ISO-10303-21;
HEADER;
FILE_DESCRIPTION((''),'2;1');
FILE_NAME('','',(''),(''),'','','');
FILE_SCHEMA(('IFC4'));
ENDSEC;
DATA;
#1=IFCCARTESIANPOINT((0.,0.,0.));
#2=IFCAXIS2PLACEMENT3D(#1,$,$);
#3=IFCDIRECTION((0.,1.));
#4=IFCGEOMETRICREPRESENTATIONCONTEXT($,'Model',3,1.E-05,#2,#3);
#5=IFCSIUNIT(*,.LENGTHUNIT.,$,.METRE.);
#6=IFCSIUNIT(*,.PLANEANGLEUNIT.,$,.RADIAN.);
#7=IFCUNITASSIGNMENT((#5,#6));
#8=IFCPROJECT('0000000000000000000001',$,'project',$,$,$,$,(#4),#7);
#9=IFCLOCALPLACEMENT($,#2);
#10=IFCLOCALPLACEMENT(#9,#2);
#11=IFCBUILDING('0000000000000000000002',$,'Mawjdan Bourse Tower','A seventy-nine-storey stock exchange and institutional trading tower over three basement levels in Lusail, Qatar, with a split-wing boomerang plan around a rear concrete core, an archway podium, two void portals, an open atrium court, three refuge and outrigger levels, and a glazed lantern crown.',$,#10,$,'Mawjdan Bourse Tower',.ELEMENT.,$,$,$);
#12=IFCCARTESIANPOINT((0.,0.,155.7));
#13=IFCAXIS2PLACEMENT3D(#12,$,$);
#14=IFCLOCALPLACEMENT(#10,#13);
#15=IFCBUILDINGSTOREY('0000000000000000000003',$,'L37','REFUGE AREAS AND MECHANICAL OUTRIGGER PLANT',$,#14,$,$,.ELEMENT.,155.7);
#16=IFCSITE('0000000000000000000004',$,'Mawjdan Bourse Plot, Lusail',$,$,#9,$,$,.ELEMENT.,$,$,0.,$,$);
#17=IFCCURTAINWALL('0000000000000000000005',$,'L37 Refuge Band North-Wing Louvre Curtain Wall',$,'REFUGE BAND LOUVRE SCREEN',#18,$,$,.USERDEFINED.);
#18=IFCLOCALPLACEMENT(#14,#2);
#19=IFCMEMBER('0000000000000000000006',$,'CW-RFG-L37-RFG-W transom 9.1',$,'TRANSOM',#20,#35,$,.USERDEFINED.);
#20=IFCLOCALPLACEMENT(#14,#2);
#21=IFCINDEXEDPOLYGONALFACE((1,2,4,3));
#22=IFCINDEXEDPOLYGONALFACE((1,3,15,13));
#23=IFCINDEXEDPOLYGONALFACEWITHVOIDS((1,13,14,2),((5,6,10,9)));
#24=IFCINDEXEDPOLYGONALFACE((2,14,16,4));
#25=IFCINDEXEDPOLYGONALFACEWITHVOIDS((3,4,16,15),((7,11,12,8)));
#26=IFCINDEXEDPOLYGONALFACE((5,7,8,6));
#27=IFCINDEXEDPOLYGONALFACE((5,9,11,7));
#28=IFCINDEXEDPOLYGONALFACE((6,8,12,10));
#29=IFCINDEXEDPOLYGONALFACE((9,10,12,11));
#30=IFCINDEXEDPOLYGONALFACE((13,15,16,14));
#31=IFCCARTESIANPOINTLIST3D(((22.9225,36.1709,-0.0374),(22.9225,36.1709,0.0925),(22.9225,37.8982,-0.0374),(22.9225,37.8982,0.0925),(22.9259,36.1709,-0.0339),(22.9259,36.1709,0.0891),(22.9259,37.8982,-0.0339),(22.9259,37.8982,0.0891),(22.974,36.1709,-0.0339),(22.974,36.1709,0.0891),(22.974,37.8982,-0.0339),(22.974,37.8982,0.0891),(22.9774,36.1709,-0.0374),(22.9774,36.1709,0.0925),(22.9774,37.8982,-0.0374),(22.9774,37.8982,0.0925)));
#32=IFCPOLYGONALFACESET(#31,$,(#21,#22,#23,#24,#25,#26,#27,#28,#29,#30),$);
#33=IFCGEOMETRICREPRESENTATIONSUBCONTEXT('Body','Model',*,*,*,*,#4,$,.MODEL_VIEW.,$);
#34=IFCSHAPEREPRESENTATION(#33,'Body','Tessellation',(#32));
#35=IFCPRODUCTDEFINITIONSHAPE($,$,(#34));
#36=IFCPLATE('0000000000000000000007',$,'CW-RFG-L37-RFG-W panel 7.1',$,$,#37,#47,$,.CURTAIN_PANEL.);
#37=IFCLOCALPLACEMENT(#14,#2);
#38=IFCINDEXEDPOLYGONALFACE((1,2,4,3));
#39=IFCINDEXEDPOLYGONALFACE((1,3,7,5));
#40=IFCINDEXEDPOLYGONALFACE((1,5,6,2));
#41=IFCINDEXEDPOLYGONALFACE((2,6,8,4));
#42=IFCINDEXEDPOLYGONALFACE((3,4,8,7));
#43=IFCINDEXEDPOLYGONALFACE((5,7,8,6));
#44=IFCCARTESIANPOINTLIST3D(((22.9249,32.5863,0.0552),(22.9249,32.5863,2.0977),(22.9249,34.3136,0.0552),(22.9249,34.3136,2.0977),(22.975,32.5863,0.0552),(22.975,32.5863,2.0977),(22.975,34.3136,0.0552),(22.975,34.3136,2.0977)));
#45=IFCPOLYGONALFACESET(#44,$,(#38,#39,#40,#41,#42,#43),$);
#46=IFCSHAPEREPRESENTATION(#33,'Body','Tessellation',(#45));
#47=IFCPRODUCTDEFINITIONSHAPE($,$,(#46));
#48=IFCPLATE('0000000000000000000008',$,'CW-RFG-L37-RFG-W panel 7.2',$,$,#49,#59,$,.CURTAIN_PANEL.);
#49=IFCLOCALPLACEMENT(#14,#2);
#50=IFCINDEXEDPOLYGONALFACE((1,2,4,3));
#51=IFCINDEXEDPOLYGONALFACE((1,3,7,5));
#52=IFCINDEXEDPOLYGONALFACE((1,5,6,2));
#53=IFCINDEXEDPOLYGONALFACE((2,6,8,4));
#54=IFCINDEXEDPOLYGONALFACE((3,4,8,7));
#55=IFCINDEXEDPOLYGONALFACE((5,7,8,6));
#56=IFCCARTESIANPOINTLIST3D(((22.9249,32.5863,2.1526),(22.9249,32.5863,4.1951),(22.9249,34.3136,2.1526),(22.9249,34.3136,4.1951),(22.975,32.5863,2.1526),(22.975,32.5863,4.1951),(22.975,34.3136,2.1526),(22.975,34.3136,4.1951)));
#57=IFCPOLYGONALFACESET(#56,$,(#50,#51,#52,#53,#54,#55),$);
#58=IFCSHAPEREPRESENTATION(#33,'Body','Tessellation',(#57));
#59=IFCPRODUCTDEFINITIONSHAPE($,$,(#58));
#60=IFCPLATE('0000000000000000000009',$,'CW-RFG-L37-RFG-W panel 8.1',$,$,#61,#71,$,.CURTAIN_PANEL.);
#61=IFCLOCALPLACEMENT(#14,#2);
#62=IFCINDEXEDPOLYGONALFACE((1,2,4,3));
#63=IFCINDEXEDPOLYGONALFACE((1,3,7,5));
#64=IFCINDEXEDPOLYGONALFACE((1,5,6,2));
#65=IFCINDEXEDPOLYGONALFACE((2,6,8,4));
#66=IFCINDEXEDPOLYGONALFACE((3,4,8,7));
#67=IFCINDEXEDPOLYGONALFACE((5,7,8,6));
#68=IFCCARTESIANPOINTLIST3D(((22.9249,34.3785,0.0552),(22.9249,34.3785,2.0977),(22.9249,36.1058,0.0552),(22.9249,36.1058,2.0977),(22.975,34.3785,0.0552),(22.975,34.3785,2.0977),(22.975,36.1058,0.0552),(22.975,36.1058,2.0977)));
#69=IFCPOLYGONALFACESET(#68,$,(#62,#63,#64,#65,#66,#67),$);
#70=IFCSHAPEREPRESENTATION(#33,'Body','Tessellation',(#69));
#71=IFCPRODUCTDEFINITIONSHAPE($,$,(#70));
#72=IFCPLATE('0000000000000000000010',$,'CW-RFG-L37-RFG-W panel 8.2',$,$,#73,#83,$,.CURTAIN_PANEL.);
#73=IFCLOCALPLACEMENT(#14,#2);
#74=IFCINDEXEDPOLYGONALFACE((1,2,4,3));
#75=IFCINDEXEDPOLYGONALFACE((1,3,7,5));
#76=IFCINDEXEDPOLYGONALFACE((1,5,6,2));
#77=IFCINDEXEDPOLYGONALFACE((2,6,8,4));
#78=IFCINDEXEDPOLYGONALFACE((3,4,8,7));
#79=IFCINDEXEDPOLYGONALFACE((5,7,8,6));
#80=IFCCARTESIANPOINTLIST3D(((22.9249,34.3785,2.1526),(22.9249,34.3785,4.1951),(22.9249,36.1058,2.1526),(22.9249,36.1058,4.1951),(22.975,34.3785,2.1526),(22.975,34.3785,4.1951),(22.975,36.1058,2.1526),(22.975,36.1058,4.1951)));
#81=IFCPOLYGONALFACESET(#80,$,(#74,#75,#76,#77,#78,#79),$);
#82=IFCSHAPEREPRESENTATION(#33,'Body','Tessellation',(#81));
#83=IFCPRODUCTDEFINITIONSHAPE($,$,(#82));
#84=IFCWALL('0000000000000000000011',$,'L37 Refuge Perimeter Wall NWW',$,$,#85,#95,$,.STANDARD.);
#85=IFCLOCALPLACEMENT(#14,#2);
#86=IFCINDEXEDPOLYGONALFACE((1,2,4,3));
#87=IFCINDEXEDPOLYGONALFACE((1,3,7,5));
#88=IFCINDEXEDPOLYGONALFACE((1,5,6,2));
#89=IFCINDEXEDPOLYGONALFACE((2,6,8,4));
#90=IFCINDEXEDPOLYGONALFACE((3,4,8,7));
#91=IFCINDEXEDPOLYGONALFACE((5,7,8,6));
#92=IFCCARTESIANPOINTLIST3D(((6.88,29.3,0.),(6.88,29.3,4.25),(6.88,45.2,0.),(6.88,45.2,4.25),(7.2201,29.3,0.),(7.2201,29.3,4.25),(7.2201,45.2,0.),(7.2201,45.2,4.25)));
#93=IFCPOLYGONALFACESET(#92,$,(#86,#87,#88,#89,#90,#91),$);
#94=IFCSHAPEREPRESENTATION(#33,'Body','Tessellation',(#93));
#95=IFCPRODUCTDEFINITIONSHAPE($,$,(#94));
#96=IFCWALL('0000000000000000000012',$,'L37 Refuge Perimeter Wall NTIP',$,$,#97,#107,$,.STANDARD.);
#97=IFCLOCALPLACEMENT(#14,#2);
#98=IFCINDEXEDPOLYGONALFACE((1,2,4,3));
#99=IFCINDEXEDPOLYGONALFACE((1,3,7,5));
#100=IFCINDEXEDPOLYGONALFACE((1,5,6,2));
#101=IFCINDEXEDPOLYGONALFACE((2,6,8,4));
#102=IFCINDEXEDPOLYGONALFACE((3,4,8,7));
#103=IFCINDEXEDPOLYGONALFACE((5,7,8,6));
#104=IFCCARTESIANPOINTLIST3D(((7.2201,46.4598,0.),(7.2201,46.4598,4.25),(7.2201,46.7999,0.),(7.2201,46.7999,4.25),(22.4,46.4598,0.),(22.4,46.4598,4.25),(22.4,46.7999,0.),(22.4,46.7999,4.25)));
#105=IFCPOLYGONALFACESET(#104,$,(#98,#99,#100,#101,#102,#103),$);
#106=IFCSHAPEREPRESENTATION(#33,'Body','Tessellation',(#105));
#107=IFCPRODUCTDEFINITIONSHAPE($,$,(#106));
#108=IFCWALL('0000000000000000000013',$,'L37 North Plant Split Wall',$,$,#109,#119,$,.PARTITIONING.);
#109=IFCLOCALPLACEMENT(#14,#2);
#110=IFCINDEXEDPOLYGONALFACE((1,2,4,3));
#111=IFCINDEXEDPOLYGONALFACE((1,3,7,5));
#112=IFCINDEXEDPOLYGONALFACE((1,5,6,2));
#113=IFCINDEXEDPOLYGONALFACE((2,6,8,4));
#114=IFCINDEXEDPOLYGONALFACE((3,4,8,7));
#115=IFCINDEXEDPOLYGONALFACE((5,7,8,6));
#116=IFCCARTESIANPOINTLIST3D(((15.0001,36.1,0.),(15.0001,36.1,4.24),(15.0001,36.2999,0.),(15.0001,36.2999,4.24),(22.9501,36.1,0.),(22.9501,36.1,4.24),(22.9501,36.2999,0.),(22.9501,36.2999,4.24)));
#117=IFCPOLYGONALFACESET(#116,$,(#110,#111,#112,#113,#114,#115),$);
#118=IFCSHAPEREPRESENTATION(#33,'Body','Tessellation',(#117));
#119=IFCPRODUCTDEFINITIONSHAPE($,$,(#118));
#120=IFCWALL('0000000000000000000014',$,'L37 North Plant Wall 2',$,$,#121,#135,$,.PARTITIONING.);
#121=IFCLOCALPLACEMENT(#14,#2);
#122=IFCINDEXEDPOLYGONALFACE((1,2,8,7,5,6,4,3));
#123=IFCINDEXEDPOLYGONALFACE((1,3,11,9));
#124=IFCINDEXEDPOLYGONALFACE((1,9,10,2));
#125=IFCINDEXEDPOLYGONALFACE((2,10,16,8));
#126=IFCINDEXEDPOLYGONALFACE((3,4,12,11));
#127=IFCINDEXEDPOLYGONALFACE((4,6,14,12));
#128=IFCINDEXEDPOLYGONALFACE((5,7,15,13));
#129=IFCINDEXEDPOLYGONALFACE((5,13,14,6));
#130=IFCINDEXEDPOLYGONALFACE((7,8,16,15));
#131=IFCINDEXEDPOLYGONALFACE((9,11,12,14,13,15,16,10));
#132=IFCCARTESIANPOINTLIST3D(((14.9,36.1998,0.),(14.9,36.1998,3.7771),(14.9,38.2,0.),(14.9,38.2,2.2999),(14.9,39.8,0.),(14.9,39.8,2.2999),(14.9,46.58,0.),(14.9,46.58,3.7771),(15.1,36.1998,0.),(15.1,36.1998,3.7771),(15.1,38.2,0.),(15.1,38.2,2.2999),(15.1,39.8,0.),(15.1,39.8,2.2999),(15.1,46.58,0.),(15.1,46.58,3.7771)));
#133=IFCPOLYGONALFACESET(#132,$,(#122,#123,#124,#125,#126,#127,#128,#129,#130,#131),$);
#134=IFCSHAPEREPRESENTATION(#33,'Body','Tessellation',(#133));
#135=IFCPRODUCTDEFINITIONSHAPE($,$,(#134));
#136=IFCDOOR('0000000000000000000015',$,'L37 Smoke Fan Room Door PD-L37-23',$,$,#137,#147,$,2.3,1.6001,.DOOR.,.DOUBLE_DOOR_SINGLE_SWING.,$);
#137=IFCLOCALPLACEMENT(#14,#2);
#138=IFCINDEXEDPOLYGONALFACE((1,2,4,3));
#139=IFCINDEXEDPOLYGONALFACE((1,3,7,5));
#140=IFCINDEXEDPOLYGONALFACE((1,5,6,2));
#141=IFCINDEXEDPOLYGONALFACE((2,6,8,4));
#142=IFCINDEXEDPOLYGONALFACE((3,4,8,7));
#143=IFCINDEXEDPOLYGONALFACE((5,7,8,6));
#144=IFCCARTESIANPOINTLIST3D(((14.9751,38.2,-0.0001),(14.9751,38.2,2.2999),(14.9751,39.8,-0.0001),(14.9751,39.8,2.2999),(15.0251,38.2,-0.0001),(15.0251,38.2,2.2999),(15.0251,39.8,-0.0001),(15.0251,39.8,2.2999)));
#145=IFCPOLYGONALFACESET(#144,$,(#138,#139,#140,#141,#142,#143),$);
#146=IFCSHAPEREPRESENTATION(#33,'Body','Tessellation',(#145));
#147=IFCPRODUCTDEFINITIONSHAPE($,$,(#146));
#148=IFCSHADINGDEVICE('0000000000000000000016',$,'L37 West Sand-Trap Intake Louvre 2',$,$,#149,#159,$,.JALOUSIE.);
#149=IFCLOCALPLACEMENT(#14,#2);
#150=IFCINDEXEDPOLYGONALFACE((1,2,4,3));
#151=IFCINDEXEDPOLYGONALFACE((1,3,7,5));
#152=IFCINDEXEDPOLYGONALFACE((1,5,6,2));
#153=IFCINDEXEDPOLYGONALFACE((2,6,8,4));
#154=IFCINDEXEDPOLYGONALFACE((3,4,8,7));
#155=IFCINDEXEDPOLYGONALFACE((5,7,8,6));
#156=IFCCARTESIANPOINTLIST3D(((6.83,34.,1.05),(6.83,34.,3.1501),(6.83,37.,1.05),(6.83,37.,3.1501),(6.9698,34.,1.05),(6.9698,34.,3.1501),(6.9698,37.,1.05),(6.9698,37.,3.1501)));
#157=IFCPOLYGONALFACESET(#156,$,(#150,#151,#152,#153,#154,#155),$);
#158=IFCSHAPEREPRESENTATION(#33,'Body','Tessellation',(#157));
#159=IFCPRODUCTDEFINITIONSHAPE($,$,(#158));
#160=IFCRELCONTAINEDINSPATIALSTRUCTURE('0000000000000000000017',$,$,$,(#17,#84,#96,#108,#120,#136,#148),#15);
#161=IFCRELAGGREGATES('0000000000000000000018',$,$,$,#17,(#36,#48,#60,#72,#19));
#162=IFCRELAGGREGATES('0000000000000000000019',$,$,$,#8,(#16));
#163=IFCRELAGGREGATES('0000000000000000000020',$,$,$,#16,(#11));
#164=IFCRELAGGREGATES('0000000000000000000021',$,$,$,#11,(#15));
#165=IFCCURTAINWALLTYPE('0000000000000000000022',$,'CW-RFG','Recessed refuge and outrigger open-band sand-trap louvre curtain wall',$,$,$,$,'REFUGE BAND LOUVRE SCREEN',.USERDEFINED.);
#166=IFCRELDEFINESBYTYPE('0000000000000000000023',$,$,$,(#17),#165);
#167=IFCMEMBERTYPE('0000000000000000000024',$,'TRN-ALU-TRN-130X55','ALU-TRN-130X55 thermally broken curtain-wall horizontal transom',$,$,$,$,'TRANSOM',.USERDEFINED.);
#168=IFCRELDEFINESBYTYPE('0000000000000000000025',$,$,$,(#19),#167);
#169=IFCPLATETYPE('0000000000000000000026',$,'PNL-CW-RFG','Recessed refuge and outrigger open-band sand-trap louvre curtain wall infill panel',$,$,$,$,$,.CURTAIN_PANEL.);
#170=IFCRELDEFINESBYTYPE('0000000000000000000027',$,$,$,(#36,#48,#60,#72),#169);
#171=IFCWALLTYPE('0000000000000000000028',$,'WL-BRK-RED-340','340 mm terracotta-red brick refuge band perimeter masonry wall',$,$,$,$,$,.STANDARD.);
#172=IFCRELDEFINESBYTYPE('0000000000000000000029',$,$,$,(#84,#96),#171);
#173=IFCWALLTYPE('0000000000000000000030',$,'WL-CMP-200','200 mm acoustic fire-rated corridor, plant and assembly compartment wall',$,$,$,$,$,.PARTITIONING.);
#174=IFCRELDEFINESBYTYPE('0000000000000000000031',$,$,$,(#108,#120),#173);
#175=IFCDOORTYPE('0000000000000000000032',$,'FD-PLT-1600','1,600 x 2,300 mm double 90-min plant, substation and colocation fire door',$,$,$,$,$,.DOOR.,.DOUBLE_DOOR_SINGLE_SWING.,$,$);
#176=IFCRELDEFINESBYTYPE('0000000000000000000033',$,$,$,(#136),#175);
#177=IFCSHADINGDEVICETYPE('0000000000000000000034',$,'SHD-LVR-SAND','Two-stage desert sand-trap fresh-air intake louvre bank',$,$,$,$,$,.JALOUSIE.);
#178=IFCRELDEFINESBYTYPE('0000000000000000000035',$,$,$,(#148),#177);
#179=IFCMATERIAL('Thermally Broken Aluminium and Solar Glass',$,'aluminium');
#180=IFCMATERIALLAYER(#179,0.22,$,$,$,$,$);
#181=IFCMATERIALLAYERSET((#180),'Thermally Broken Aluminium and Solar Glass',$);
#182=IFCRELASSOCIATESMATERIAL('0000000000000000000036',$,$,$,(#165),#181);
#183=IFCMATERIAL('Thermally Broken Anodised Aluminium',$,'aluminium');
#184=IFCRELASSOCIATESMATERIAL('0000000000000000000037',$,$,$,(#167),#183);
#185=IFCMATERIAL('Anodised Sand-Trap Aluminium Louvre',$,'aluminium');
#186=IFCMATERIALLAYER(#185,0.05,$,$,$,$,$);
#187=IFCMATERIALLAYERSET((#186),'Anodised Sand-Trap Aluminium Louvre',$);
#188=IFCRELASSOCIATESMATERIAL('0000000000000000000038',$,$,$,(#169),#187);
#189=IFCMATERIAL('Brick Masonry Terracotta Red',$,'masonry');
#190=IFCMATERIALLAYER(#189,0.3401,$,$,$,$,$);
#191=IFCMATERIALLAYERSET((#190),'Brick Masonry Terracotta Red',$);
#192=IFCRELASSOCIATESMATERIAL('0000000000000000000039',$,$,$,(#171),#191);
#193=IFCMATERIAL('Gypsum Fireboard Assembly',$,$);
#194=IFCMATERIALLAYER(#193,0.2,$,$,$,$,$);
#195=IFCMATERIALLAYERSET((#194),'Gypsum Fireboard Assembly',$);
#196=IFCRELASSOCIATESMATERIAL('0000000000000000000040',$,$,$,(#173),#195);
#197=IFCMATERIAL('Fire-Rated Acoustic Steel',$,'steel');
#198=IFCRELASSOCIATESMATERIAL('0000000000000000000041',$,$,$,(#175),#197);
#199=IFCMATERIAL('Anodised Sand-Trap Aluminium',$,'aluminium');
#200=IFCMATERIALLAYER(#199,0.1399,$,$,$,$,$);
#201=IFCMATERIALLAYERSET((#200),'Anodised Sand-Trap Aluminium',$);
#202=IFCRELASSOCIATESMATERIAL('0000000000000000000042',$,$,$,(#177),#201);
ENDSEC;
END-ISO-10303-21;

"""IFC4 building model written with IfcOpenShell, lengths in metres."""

from ifc_helpers import new_model, si_unit, direction, frame, frame_2d, origin, origin_2d, place, context, subcontext, project, spatial, rectangle, hollow_rectangle, extrude, material, layer, layer_set, material_profile, profile_set, type_object, element, fill, aggregate, save


model = new_model("IFC4")

# Units and contexts
model_context = context("Model", 3, precision=1e-05, world=origin(), true_north=direction((0.0, 1.0)))
body_context = subcontext(model_context, "Body", "Model", "MODEL_VIEW")
ifc_project = project(units=[si_unit("LENGTHUNIT", "METRE"), si_unit("PLANEANGLEUNIT", "RADIAN")], contexts=[model_context])

# Site, building, storey
site_placement = place(None, origin())
site = spatial("IfcSite", under=ifc_project, at=site_placement, Name="Mawjdan Bourse Plot, Lusail", CompositionType="ELEMENT", RefElevation=0.0)
building_placement = place(site_placement, origin())
building = spatial("IfcBuilding", under=site, at=building_placement, Name="Mawjdan Bourse Tower", Description="A seventy-nine-storey stock exchange and institutional trading tower over three basement levels in Lusail, Qatar, with a split-wing boomerang plan around a rear concrete core, an archway podium, two void portals, an open atrium court, three refuge and outrigger levels, and a glazed lantern crown.", LongName="Mawjdan Bourse Tower", CompositionType="ELEMENT")
storey_placement = place(building_placement, frame((0.0, 0.0, 155.7)))
storey = spatial("IfcBuildingStorey", under=building, at=storey_placement, Name="L37", Description="REFUGE AREAS AND MECHANICAL OUTRIGGER PLANT", CompositionType="ELEMENT", Elevation=155.7)

# Curtain wall
ifc_material_1 = material(Name="Thermally Broken Aluminium and Solar Glass", Category="aluminium")
ifc_layer_1 = layer(ifc_material_1, 0.22)
ifc_layer_set_1 = layer_set([ifc_layer_1], Name="Thermally Broken Aluminium and Solar Glass")
curtain_wall_type = type_object("IfcCurtainWallType", Name="CW-RFG", Description="Recessed refuge and outrigger open-band sand-trap louvre curtain wall", ElementType="REFUGE BAND LOUVRE SCREEN", PredefinedType="USERDEFINED", material=ifc_layer_set_1)
curtain_wall_placement = place(storey_placement, origin())
curtain_wall = element("IfcCurtainWall", 1, at=curtain_wall_placement, inside=storey, type_object=curtain_wall_type, Name="L37 Refuge Band North-Wing Louvre Curtain Wall", ObjectType="REFUGE BAND LOUVRE SCREEN", PredefinedType="USERDEFINED")
ifc_material_2 = material(Name="Thermally Broken Anodised Aluminium", Category="aluminium")

# Member
ifc_material_profile_1 = material_profile(ifc_material_2, hollow_rectangle(XDim=0.0549, YDim=0.1299, WallThickness=0.0034, at=origin_2d()), Name="ALU-TRN-130X55")
ifc_profile_set_1 = profile_set([ifc_material_profile_1], Name="Thermally Broken Anodised Aluminium")
member_type_1 = type_object("IfcMemberType", Name="TRN-ALU-TRN-130X55", Description="ALU-TRN-130X55 thermally broken curtain-wall horizontal transom", ElementType="TRANSOM", PredefinedType="USERDEFINED", material=ifc_profile_set_1)
member_1_placement = place(storey_placement, frame((22.95, 36.1709, 0.0276), z_axis=(0.0, 1.0, 0.0), x_axis=(-1.0, 0.0, 0.0)))
member_1 = element("IfcMember", 2, at=member_1_placement, type_object=member_type_1, Name="CW-RFG-L37-RFG-W transom 9.1", ObjectType="TRANSOM", PredefinedType="USERDEFINED", context=body_context, shape_type="SweptSolid", body=[
    extrude(hollow_rectangle(XDim=0.0549, YDim=0.1299, WallThickness=0.0034, at=origin_2d()), origin(), (0.0, 0.0, 1.0), 1.7273),
])

# Plates
ifc_material_3 = material(Name="Anodised Sand-Trap Aluminium Louvre", Category="aluminium")
ifc_layer_2 = layer(ifc_material_3, 0.05)
ifc_layer_set_2 = layer_set([ifc_layer_2], Name="Anodised Sand-Trap Aluminium Louvre")
plate_type = type_object("IfcPlateType", Name="PNL-CW-RFG", Description="Recessed refuge and outrigger open-band sand-trap louvre curtain wall infill panel", PredefinedType="CURTAIN_PANEL", material=ifc_layer_set_2)
plate_1_placement = place(storey_placement, frame((22.95, 33.45, 0.0552), z_axis=(0.0, 0.0, 1.0), x_axis=(0.0, 1.0, 0.0)))
plate_1 = element("IfcPlate", 3, at=plate_1_placement, type_object=plate_type, Name="CW-RFG-L37-RFG-W panel 7.1", PredefinedType="CURTAIN_PANEL", context=body_context, shape_type="SweptSolid", body=[
    extrude(rectangle(XDim=1.7273, YDim=0.05, at=origin_2d()), origin(), (0.0, 0.0, 1.0), 2.0425),
])
plate_2_placement = place(storey_placement, frame((22.95, 33.45, 2.1526), z_axis=(0.0, 0.0, 1.0), x_axis=(0.0, 1.0, 0.0)))
plate_2 = element("IfcPlate", 4, at=plate_2_placement, type_object=plate_type, Name="CW-RFG-L37-RFG-W panel 7.2", PredefinedType="CURTAIN_PANEL", context=body_context, shape_type="SweptSolid", body=[
    extrude(rectangle(XDim=1.7273, YDim=0.05, at=origin_2d()), origin(), (0.0, 0.0, 1.0), 2.0425),
])
plate_3_placement = place(storey_placement, frame((22.95, 35.2422, 0.0552), z_axis=(0.0, 0.0, 1.0), x_axis=(0.0, 1.0, 0.0)))
plate_3 = element("IfcPlate", 5, at=plate_3_placement, type_object=plate_type, Name="CW-RFG-L37-RFG-W panel 8.1", PredefinedType="CURTAIN_PANEL", context=body_context, shape_type="SweptSolid", body=[
    extrude(rectangle(XDim=1.7273, YDim=0.05, at=origin_2d()), origin(), (0.0, 0.0, 1.0), 2.0425),
])
plate_4_placement = place(storey_placement, frame((22.95, 35.2422, 2.1526), z_axis=(0.0, 0.0, 1.0), x_axis=(0.0, 1.0, 0.0)))
plate_4 = element("IfcPlate", 6, at=plate_4_placement, type_object=plate_type, Name="CW-RFG-L37-RFG-W panel 8.2", PredefinedType="CURTAIN_PANEL", context=body_context, shape_type="SweptSolid", body=[
    extrude(rectangle(XDim=1.7273, YDim=0.05, at=origin_2d()), origin(), (0.0, 0.0, 1.0), 2.0425),
])
aggregate(curtain_wall, [plate_1, plate_2, plate_3, plate_4, member_1])

# Walls
ifc_material_4 = material(Name="Brick Masonry Terracotta Red", Category="masonry")
ifc_layer_3 = layer(ifc_material_4, 0.3401)
ifc_layer_set_3 = layer_set([ifc_layer_3], Name="Brick Masonry Terracotta Red")
wall_type_1 = type_object("IfcWallType", Name="WL-BRK-RED-340", Description="340 mm terracotta-red brick refuge band perimeter masonry wall", PredefinedType="STANDARD", material=ifc_layer_set_3)
wall_1_placement = place(storey_placement, frame((7.05, 45.2, 0.0), z_axis=(0.0, 0.0, 1.0), x_axis=(0.0, -1.0, 0.0)))
element("IfcWall", 7, at=wall_1_placement, inside=storey, type_object=wall_type_1, Name="L37 Refuge Perimeter Wall NWW", PredefinedType="STANDARD", context=body_context, shape_type="SweptSolid", body=[
    extrude(rectangle(XDim=15.8999, YDim=0.3401, at=frame_2d((7.95, 0.0))), origin(), (0.0, 0.0, 1.0), 4.25),
])
wall_2_placement = place(storey_placement, frame((22.3999, 46.6299, 0.0), z_axis=(0.0, 0.0, 1.0), x_axis=(-1.0, 0.0, 0.0)))
element("IfcWall", 8, at=wall_2_placement, inside=storey, type_object=wall_type_1, Name="L37 Refuge Perimeter Wall NTIP", PredefinedType="STANDARD", context=body_context, shape_type="SweptSolid", body=[
    extrude(rectangle(XDim=15.1799, YDim=0.3401, at=frame_2d((7.5898, 0.0))), origin(), (0.0, 0.0, 1.0), 4.25),
])
ifc_material_5 = material(Name="Gypsum Fireboard Assembly")
ifc_layer_4 = layer(ifc_material_5, 0.2)
ifc_layer_set_4 = layer_set([ifc_layer_4], Name="Gypsum Fireboard Assembly")
wall_type_2 = type_object("IfcWallType", Name="WL-CMP-200", Description="200 mm acoustic fire-rated corridor, plant and assembly compartment wall", PredefinedType="PARTITIONING", material=ifc_layer_set_4)
wall_3_placement = place(storey_placement, frame((15.0, 36.2, 0.0), z_axis=(0.0, 0.0, 1.0), x_axis=(1.0, 0.0, 0.0)))
element("IfcWall", 9, at=wall_3_placement, inside=storey, type_object=wall_type_2, Name="L37 North Plant Split Wall", PredefinedType="PARTITIONING", context=body_context, shape_type="SweptSolid", body=[
    extrude(rectangle(XDim=7.95, YDim=0.2, at=frame_2d((3.9751, 0.0))), origin(), (0.0, 0.0, 1.0), 4.24),
])

# Wall, opening, door
wall_4_placement = place(storey_placement, frame((15.0, 36.2, 0.0), z_axis=(0.0, 0.0, 1.0), x_axis=(0.0, 1.0, 0.0)))
wall_4 = element("IfcWall", 10, at=wall_4_placement, inside=storey, type_object=wall_type_2, Name="L37 North Plant Wall 2", PredefinedType="PARTITIONING", context=body_context, shape_type="SweptSolid", body=[
    extrude(rectangle(XDim=10.3801, YDim=0.2, at=frame_2d((5.1899, 0.0))), origin(), (0.0, 0.0, 1.0), 3.7771),
])
opening_placement = place(wall_4_placement, frame((2.0, 0.0, 0.0)))
opening = element("IfcOpeningElement", 11, at=opening_placement, cuts=wall_4, PredefinedType="OPENING", context=body_context, shape_type="SweptSolid", body=[
    extrude(rectangle(XDim=1.6001, YDim=2.3, at=frame_2d((0.8, 1.1499))), frame((0.0, 0.1099, 0.0), z_axis=(0.0, -1.0, 0.0), x_axis=(1.0, 0.0, 0.0)), (0.0, 0.0, 1.0), 0.22),
])
ifc_material_6 = material(Name="Fire-Rated Acoustic Steel", Category="steel")
door_type = type_object("IfcDoorType", Name="FD-PLT-1600", Description="1,600 x 2,300 mm double 90-min plant, substation and colocation fire door", OperationType="DOUBLE_DOOR_SINGLE_SWING", PredefinedType="DOOR", material=ifc_material_6)
door_placement = place(opening_placement, origin())
door = element("IfcDoor", 12, at=door_placement, inside=storey, type_object=door_type, Name="L37 Smoke Fan Room Door PD-L37-23", OperationType="DOUBLE_DOOR_SINGLE_SWING", OverallHeight=2.3, OverallWidth=1.6001, PredefinedType="DOOR", context=body_context, shape_type="SweptSolid", body=[
    extrude(rectangle(XDim=1.6001, YDim=2.3, at=frame_2d((0.8, 1.1499))), frame((0.0, 0.0249, 0.0), z_axis=(0.0, -1.0, 0.0), x_axis=(1.0, 0.0, 0.0)), (0.0, 0.0, 1.0), 0.05),
])
fill(opening, door)

# Shading device
ifc_material_7 = material(Name="Anodised Sand-Trap Aluminium", Category="aluminium")
ifc_layer_5 = layer(ifc_material_7, 0.1399)
ifc_layer_set_5 = layer_set([ifc_layer_5], Name="Anodised Sand-Trap Aluminium")
shading_device_type = type_object("IfcShadingDeviceType", Name="SHD-LVR-SAND", Description="Two-stage desert sand-trap fresh-air intake louvre bank", PredefinedType="JALOUSIE", material=ifc_layer_set_5)
shading_device_placement = place(storey_placement, frame((6.8999, 35.5, 1.05), z_axis=(0.0, 0.0, 1.0), x_axis=(1.0, 0.0, 0.0)))
element("IfcShadingDevice", 13, at=shading_device_placement, inside=storey, type_object=shading_device_type, Name="L37 West Sand-Trap Intake Louvre 2", PredefinedType="JALOUSIE", context=body_context, shape_type="SweptSolid", body=[
    extrude(rectangle(XDim=0.1399, YDim=3.0, at=origin_2d()), origin(), (0.0, 0.0, 1.0), 2.1001),
])

save(model, "model.ifc")
